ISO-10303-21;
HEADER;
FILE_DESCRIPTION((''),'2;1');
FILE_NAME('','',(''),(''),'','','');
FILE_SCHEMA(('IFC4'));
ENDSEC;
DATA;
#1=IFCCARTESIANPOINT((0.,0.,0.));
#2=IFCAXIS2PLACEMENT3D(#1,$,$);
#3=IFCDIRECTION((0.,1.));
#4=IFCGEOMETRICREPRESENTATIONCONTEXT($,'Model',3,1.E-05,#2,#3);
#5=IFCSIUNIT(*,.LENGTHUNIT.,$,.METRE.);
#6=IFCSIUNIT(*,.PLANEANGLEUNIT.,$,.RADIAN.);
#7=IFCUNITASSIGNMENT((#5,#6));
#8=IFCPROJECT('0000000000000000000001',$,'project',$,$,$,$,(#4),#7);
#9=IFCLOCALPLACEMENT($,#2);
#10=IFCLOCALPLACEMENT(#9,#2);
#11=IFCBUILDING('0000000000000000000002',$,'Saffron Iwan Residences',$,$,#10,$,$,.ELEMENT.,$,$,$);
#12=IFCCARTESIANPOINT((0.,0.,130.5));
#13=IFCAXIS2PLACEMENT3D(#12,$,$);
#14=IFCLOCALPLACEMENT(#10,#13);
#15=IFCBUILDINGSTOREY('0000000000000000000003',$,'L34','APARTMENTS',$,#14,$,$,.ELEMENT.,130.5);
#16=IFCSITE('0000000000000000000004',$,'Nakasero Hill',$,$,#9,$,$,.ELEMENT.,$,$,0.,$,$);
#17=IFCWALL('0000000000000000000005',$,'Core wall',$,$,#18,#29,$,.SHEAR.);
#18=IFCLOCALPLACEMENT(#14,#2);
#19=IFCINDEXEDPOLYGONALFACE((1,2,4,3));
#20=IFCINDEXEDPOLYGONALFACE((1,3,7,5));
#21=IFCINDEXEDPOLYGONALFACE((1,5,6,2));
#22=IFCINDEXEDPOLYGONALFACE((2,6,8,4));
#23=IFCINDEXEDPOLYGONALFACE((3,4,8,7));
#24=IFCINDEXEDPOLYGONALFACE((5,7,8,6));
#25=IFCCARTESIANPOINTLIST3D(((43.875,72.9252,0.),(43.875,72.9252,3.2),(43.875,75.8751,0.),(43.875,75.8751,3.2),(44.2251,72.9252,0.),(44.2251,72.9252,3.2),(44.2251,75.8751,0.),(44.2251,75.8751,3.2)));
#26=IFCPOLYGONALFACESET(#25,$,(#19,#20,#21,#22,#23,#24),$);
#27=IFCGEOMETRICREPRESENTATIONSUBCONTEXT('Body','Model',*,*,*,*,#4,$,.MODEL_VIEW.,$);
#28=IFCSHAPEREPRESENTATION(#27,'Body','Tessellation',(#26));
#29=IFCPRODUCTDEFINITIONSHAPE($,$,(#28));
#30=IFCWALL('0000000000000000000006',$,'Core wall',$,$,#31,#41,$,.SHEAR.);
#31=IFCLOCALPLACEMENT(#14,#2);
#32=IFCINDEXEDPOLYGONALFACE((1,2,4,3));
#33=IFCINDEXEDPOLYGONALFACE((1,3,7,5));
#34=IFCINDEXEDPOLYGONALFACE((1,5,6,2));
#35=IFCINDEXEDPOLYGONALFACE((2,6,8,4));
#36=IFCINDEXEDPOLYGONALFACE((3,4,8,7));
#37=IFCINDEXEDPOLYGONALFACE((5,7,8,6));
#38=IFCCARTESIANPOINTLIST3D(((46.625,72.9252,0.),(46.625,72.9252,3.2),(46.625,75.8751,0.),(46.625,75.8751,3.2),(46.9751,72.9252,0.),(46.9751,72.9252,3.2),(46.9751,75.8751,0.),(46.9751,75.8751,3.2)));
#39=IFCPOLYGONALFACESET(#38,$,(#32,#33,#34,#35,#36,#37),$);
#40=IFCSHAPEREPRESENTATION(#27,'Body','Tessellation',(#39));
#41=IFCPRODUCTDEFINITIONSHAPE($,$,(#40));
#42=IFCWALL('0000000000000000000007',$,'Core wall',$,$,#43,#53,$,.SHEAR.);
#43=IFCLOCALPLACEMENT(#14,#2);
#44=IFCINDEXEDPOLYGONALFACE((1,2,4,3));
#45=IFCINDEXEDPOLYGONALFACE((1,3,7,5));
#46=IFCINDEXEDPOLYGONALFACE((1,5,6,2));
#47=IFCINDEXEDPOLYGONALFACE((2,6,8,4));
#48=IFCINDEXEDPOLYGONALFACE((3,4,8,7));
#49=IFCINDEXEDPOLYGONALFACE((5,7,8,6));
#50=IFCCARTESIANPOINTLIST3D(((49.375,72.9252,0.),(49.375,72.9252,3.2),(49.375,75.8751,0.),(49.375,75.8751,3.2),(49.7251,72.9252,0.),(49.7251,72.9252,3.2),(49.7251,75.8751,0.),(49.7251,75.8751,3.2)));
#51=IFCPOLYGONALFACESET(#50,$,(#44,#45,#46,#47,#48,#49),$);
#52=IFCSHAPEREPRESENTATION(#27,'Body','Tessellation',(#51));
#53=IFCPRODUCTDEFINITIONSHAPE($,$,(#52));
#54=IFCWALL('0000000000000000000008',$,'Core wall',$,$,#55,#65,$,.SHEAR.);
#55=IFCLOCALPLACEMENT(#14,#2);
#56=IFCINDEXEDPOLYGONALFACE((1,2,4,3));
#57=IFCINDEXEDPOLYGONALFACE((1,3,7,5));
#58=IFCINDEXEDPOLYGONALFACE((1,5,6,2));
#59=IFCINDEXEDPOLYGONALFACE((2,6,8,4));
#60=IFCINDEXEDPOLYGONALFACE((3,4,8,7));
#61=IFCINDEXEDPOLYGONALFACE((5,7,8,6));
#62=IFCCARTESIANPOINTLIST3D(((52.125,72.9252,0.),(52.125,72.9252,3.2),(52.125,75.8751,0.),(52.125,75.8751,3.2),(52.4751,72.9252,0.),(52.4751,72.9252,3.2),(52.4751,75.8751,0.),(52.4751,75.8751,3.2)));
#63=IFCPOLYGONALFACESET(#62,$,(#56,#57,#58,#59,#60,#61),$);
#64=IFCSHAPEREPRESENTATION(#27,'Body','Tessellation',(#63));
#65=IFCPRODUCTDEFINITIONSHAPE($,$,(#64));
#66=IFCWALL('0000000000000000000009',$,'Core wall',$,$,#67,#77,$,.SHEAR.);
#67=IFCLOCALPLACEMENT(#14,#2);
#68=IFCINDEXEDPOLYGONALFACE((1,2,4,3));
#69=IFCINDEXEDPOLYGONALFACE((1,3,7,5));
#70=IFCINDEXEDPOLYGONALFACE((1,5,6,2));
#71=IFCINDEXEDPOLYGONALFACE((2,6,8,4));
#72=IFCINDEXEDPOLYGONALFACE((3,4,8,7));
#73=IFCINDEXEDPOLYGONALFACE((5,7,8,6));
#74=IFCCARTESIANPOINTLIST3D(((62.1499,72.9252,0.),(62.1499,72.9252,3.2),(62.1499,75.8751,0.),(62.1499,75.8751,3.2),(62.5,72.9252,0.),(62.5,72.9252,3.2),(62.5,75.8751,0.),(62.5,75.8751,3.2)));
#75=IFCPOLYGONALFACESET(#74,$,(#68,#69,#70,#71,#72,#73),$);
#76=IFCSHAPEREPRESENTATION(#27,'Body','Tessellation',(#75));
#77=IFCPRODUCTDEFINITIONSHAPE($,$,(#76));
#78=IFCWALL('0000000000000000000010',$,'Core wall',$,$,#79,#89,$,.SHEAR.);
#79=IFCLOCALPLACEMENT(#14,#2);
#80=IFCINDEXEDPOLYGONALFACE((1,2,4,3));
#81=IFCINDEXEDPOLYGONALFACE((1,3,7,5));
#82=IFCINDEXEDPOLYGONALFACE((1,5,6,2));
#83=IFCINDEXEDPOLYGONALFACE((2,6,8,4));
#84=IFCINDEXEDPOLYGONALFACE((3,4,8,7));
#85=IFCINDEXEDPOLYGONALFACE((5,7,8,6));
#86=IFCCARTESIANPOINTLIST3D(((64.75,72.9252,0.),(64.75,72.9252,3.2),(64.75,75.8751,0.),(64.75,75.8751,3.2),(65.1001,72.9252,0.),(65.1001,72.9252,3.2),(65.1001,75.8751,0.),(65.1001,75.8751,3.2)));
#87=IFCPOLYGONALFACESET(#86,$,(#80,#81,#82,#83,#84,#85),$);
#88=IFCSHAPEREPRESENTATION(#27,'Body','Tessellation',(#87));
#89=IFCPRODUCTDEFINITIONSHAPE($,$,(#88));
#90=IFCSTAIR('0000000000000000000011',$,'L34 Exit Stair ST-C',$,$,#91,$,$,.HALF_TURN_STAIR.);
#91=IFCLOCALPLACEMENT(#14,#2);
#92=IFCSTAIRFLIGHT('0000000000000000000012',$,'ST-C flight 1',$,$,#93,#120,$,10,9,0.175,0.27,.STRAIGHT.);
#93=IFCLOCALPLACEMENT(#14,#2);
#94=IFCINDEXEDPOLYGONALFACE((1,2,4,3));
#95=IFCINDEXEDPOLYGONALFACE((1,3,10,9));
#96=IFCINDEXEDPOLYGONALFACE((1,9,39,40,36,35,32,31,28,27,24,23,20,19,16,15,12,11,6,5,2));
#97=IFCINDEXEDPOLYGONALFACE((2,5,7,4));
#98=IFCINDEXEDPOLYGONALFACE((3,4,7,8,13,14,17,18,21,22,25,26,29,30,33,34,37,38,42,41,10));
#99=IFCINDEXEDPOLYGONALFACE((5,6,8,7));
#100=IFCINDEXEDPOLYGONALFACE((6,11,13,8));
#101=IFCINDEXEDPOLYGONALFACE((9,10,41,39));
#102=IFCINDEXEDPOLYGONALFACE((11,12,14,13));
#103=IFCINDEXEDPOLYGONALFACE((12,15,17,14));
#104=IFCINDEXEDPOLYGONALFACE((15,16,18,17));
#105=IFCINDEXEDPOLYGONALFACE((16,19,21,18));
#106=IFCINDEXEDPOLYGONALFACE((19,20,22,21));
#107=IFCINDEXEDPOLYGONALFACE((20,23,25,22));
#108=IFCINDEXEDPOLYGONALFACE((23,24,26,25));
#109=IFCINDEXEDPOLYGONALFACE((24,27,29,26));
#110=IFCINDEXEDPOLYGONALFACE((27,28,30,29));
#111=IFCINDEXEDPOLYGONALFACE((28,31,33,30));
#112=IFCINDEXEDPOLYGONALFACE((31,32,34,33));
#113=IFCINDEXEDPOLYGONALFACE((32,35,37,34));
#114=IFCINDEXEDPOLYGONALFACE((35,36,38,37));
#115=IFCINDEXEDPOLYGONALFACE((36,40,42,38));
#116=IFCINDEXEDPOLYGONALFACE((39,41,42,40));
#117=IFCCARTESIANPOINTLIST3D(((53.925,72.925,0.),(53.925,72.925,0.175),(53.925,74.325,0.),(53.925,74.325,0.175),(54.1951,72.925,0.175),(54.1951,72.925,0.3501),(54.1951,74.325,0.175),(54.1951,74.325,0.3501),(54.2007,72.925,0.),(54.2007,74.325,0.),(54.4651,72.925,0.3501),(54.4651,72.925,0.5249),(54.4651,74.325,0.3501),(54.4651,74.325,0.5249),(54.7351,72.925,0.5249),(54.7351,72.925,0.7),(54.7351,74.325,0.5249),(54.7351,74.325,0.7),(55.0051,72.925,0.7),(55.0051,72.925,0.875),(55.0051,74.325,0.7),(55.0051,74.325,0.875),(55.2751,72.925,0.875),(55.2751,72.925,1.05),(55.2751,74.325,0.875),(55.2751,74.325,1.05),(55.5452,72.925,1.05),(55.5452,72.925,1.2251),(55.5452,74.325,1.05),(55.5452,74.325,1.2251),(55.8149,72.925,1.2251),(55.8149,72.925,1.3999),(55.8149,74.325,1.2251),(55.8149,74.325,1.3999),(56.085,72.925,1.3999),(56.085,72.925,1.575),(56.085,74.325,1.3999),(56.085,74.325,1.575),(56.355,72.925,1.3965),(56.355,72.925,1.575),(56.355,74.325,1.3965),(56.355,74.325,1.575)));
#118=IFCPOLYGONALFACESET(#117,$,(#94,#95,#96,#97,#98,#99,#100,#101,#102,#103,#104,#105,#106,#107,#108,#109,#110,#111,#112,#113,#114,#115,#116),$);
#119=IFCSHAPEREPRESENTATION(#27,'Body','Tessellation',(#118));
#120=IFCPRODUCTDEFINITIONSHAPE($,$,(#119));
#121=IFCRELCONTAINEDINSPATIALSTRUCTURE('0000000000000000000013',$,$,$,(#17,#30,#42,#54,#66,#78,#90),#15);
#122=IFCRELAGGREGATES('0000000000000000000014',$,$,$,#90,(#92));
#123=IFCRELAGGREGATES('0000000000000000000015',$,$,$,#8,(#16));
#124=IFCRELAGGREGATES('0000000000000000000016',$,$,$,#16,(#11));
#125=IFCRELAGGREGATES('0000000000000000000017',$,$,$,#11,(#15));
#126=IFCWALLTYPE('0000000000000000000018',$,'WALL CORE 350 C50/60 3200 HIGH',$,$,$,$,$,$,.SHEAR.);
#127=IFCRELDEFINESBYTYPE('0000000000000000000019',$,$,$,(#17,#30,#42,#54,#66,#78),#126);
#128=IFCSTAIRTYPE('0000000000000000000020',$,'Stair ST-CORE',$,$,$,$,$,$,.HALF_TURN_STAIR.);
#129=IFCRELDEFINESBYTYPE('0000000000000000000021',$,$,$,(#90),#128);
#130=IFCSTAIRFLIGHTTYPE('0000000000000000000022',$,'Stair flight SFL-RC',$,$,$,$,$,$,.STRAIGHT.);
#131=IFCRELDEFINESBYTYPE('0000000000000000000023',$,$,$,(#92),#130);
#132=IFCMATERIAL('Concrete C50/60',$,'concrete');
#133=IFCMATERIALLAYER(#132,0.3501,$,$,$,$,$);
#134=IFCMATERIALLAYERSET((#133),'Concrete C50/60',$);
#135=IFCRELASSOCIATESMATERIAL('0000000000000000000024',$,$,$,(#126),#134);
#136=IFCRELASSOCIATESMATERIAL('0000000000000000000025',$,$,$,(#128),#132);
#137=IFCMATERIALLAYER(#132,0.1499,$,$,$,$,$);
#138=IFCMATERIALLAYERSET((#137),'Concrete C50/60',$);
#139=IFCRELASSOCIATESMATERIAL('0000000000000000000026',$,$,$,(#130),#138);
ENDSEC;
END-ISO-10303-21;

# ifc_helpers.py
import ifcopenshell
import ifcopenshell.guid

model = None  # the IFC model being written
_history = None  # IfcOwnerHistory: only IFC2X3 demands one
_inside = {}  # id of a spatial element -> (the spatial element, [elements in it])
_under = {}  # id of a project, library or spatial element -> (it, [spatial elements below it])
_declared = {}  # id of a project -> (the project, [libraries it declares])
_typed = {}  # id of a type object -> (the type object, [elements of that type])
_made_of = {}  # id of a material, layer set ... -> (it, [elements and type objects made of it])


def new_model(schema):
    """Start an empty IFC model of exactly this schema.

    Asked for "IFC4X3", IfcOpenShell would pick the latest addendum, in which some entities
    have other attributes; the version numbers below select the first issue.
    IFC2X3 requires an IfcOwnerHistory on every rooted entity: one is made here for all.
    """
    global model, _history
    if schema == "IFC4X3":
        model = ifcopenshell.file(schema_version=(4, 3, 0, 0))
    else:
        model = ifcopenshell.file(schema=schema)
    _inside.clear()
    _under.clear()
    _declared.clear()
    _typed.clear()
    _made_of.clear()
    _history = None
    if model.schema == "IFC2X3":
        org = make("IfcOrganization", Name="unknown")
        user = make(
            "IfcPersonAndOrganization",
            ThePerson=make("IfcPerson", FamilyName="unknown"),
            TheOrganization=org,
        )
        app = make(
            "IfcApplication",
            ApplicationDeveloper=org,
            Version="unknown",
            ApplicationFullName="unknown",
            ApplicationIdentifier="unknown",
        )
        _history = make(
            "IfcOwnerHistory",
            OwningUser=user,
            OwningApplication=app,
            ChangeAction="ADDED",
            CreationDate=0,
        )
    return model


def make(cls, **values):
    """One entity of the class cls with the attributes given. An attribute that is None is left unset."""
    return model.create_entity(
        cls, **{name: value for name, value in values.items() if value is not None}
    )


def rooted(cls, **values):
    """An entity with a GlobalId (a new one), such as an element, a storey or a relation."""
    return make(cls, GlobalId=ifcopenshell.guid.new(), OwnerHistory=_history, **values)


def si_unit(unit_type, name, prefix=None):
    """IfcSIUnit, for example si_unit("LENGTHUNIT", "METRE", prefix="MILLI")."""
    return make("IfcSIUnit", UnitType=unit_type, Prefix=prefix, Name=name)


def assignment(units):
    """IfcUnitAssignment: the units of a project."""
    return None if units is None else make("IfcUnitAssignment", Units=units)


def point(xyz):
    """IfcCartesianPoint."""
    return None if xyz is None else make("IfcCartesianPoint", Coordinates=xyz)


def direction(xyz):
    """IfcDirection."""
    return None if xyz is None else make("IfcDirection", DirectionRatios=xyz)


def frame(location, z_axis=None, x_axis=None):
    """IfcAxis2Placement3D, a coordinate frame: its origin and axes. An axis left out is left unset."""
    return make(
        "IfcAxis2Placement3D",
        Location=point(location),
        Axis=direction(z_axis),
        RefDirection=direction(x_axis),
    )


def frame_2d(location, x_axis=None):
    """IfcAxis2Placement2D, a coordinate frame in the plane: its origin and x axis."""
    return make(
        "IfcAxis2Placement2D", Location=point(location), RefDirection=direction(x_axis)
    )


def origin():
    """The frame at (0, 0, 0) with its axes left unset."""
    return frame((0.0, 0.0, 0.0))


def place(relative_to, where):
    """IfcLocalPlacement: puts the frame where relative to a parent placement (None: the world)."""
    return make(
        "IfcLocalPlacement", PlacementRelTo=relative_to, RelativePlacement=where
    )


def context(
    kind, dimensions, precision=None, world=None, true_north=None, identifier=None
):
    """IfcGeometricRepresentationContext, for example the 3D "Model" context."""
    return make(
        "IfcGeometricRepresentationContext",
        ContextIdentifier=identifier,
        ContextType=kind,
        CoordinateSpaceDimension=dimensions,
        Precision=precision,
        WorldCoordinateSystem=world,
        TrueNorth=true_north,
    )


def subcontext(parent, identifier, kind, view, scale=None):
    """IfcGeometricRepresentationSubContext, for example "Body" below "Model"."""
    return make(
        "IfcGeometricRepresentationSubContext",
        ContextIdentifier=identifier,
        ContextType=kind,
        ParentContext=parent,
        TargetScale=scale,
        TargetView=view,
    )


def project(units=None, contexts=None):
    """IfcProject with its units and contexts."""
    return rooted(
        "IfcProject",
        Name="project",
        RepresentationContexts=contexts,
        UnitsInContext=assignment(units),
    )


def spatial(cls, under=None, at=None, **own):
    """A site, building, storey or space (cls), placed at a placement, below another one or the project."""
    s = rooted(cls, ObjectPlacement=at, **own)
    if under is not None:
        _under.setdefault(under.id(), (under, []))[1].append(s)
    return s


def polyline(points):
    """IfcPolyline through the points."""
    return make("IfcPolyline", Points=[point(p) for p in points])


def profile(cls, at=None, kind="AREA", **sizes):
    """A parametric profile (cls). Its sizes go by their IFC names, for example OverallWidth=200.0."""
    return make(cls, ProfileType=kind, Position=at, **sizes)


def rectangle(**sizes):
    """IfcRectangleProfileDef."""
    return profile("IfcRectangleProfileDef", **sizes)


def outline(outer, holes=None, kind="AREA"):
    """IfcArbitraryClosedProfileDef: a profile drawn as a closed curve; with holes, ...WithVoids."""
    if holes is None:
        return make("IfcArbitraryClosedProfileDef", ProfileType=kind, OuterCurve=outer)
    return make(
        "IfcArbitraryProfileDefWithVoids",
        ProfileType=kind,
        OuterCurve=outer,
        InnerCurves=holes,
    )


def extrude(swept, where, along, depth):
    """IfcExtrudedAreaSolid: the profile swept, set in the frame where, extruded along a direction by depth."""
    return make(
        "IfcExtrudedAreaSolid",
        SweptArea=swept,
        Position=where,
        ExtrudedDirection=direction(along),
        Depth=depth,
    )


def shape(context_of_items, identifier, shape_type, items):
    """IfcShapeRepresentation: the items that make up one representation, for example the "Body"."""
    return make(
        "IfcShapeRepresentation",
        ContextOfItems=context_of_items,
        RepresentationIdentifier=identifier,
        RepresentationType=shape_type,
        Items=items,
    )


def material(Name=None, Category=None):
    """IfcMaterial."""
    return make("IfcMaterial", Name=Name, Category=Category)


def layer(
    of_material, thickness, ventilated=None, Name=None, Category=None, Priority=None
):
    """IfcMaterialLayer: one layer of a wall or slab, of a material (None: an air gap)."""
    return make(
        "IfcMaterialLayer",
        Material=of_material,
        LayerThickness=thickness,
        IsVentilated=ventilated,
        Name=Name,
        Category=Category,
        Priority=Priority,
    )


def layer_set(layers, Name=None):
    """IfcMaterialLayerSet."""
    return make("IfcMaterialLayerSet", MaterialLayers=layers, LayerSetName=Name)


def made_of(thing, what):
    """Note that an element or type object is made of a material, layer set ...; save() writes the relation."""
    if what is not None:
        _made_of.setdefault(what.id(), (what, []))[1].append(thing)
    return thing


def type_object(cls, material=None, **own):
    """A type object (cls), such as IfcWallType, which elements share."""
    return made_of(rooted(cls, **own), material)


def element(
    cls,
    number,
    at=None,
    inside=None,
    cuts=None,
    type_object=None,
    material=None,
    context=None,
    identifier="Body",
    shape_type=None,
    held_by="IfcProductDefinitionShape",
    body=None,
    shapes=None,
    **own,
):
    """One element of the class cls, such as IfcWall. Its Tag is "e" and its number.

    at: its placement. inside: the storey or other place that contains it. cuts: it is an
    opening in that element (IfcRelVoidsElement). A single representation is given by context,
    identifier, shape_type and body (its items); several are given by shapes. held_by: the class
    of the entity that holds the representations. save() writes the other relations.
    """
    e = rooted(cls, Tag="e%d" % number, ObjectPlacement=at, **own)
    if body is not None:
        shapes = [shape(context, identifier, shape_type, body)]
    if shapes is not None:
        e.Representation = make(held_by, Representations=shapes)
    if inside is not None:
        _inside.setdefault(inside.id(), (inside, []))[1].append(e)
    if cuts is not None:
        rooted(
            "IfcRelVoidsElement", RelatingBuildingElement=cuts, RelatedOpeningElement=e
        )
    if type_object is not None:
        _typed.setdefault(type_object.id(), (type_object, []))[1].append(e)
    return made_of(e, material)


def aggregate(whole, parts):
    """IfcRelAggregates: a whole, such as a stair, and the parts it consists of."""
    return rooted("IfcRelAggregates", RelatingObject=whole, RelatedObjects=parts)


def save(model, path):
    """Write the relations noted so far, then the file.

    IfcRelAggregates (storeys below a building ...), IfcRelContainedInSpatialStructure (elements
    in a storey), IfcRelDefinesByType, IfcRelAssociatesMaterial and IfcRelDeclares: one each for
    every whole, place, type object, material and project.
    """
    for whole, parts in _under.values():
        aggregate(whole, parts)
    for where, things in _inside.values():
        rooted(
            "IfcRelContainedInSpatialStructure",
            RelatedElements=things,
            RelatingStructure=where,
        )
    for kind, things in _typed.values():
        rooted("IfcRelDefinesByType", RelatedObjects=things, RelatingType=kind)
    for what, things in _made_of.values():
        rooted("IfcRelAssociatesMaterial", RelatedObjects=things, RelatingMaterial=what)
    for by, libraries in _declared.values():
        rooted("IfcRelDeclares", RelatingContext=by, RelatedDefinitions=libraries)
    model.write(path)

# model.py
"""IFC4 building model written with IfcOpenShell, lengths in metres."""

from ifc_helpers import new_model, si_unit, direction, frame, frame_2d, origin, place, context, subcontext, project, spatial, polyline, rectangle, outline, extrude, material, layer, layer_set, type_object, element, aggregate, save


model = new_model("IFC4")

# Units and contexts
model_context = context("Model", 3, precision=1e-05, world=origin(), true_north=direction((0.0, 1.0)))
body_context = subcontext(model_context, "Body", "Model", "MODEL_VIEW")
ifc_project = project(units=[si_unit("LENGTHUNIT", "METRE"), si_unit("PLANEANGLEUNIT", "RADIAN")], contexts=[model_context])

# Site, building, storey
site_placement = place(None, origin())
site = spatial("IfcSite", under=ifc_project, at=site_placement, Name="Nakasero Hill", CompositionType="ELEMENT", RefElevation=0.0)
building_placement = place(site_placement, origin())
building = spatial("IfcBuilding", under=site, at=building_placement, Name="Saffron Iwan Residences", CompositionType="ELEMENT")
storey_placement = place(building_placement, frame((0.0, 0.0, 130.5)))
storey = spatial("IfcBuildingStorey", under=building, at=storey_placement, Name="L34", Description="APARTMENTS", CompositionType="ELEMENT", Elevation=130.5)

# Shared definitions
ifc_material_1 = material(Name="Concrete C50/60", Category="concrete")

# Shared definitions
ifc_layer_1 = layer(ifc_material_1, 0.3501)
ifc_layer_set_1 = layer_set([ifc_layer_1], Name="Concrete C50/60")
wall_type_1 = type_object("IfcWallType", Name="WALL CORE 350 C50/60 3200 HIGH", PredefinedType="SHEAR", material=ifc_layer_set_1)

# Walls
for number, where, z_axis, x_axis, name in (
    (1, (44.05, 72.925, 0.0), (0.0, 0.0, 1.0), (0.0, 1.0, 0.0), "Core wall"),
    (2, (46.8, 72.925, 0.0), (0.0, 0.0, 1.0), (0.0, 1.0, 0.0), "Core wall"),
    (3, (49.55, 72.925, 0.0), (0.0, 0.0, 1.0), (0.0, 1.0, 0.0), "Core wall"),
    (4, (52.3, 72.925, 0.0), (0.0, 0.0, 1.0), (0.0, 1.0, 0.0), "Core wall"),
    (5, (62.325, 72.925, 0.0), (0.0, 0.0, 1.0), (0.0, 1.0, 0.0), "Core wall"),
    (6, (64.925, 72.925, 0.0), (0.0, 0.0, 1.0), (0.0, 1.0, 0.0), "Core wall"),
):
    element("IfcWall", number, at=place(storey_placement, frame(where, z_axis=z_axis, x_axis=x_axis)), inside=storey, type_object=wall_type_1, Name=name, PredefinedType="SHEAR", context=body_context, shape_type="SweptSolid", body=[
        extrude(rectangle(XDim=2.95, YDim=0.3501, at=frame_2d((1.4751, 0.0))), origin(), (0.0, 0.0, 1.0), 3.2),
    ])

# Stair, stair flight
stair_type = type_object("IfcStairType", Name="Stair ST-CORE", PredefinedType="HALF_TURN_STAIR", material=ifc_material_1)
stair_placement = place(storey_placement, origin())
stair = element("IfcStair", 7, at=stair_placement, inside=storey, type_object=stair_type, Name="L34 Exit Stair ST-C", PredefinedType="HALF_TURN_STAIR")
ifc_layer_2 = layer(ifc_material_1, 0.1499)
ifc_layer_set_2 = layer_set([ifc_layer_2], Name="Concrete C50/60")
stair_flight_type = type_object("IfcStairFlightType", Name="Stair flight SFL-RC", PredefinedType="STRAIGHT", material=ifc_layer_set_2)
stair_flight_placement = place(storey_placement, frame((53.925, 73.625, 0.0), z_axis=(0.0, 0.0, 1.0), x_axis=(1.0, 0.0, 0.0)))
stair_flight = element("IfcStairFlight", 8, at=stair_flight_placement, type_object=stair_flight_type, Name="ST-C flight 1", NumberOfRisers=10, NumberOfTreads=9, PredefinedType="STRAIGHT", RiserHeight=0.175, TreadLength=0.27, context=body_context, shape_type="SweptSolid", body=[
    extrude(outline(polyline([(0.0, 0.0), (0.0, 0.175), (0.27, 0.175), (0.27, 0.3501), (0.54, 0.3501), (0.54, 0.5249), (0.8101, 0.5249), (0.8101, 0.7), (1.0801, 0.7), (1.0801, 0.875), (1.3501, 0.875), (1.3501, 1.05), (1.6201, 1.05), (1.6201, 1.2251), (1.8899, 1.2251), (1.8899, 1.3999), (2.1599, 1.3999), (2.1599, 1.575), (2.4299, 1.575), (2.4299, 1.75), (2.4299, 1.3965), (0.2756, 0.0), (0.0, 0.0)])), frame((0.0, 0.7, 0.0), z_axis=(0.0, -1.0, 0.0), x_axis=(1.0, 0.0, 0.0)), (0.0, 0.0, 1.0), 1.3999),
])
aggregate(stair, [stair_flight])

save(model, "model.ifc")
